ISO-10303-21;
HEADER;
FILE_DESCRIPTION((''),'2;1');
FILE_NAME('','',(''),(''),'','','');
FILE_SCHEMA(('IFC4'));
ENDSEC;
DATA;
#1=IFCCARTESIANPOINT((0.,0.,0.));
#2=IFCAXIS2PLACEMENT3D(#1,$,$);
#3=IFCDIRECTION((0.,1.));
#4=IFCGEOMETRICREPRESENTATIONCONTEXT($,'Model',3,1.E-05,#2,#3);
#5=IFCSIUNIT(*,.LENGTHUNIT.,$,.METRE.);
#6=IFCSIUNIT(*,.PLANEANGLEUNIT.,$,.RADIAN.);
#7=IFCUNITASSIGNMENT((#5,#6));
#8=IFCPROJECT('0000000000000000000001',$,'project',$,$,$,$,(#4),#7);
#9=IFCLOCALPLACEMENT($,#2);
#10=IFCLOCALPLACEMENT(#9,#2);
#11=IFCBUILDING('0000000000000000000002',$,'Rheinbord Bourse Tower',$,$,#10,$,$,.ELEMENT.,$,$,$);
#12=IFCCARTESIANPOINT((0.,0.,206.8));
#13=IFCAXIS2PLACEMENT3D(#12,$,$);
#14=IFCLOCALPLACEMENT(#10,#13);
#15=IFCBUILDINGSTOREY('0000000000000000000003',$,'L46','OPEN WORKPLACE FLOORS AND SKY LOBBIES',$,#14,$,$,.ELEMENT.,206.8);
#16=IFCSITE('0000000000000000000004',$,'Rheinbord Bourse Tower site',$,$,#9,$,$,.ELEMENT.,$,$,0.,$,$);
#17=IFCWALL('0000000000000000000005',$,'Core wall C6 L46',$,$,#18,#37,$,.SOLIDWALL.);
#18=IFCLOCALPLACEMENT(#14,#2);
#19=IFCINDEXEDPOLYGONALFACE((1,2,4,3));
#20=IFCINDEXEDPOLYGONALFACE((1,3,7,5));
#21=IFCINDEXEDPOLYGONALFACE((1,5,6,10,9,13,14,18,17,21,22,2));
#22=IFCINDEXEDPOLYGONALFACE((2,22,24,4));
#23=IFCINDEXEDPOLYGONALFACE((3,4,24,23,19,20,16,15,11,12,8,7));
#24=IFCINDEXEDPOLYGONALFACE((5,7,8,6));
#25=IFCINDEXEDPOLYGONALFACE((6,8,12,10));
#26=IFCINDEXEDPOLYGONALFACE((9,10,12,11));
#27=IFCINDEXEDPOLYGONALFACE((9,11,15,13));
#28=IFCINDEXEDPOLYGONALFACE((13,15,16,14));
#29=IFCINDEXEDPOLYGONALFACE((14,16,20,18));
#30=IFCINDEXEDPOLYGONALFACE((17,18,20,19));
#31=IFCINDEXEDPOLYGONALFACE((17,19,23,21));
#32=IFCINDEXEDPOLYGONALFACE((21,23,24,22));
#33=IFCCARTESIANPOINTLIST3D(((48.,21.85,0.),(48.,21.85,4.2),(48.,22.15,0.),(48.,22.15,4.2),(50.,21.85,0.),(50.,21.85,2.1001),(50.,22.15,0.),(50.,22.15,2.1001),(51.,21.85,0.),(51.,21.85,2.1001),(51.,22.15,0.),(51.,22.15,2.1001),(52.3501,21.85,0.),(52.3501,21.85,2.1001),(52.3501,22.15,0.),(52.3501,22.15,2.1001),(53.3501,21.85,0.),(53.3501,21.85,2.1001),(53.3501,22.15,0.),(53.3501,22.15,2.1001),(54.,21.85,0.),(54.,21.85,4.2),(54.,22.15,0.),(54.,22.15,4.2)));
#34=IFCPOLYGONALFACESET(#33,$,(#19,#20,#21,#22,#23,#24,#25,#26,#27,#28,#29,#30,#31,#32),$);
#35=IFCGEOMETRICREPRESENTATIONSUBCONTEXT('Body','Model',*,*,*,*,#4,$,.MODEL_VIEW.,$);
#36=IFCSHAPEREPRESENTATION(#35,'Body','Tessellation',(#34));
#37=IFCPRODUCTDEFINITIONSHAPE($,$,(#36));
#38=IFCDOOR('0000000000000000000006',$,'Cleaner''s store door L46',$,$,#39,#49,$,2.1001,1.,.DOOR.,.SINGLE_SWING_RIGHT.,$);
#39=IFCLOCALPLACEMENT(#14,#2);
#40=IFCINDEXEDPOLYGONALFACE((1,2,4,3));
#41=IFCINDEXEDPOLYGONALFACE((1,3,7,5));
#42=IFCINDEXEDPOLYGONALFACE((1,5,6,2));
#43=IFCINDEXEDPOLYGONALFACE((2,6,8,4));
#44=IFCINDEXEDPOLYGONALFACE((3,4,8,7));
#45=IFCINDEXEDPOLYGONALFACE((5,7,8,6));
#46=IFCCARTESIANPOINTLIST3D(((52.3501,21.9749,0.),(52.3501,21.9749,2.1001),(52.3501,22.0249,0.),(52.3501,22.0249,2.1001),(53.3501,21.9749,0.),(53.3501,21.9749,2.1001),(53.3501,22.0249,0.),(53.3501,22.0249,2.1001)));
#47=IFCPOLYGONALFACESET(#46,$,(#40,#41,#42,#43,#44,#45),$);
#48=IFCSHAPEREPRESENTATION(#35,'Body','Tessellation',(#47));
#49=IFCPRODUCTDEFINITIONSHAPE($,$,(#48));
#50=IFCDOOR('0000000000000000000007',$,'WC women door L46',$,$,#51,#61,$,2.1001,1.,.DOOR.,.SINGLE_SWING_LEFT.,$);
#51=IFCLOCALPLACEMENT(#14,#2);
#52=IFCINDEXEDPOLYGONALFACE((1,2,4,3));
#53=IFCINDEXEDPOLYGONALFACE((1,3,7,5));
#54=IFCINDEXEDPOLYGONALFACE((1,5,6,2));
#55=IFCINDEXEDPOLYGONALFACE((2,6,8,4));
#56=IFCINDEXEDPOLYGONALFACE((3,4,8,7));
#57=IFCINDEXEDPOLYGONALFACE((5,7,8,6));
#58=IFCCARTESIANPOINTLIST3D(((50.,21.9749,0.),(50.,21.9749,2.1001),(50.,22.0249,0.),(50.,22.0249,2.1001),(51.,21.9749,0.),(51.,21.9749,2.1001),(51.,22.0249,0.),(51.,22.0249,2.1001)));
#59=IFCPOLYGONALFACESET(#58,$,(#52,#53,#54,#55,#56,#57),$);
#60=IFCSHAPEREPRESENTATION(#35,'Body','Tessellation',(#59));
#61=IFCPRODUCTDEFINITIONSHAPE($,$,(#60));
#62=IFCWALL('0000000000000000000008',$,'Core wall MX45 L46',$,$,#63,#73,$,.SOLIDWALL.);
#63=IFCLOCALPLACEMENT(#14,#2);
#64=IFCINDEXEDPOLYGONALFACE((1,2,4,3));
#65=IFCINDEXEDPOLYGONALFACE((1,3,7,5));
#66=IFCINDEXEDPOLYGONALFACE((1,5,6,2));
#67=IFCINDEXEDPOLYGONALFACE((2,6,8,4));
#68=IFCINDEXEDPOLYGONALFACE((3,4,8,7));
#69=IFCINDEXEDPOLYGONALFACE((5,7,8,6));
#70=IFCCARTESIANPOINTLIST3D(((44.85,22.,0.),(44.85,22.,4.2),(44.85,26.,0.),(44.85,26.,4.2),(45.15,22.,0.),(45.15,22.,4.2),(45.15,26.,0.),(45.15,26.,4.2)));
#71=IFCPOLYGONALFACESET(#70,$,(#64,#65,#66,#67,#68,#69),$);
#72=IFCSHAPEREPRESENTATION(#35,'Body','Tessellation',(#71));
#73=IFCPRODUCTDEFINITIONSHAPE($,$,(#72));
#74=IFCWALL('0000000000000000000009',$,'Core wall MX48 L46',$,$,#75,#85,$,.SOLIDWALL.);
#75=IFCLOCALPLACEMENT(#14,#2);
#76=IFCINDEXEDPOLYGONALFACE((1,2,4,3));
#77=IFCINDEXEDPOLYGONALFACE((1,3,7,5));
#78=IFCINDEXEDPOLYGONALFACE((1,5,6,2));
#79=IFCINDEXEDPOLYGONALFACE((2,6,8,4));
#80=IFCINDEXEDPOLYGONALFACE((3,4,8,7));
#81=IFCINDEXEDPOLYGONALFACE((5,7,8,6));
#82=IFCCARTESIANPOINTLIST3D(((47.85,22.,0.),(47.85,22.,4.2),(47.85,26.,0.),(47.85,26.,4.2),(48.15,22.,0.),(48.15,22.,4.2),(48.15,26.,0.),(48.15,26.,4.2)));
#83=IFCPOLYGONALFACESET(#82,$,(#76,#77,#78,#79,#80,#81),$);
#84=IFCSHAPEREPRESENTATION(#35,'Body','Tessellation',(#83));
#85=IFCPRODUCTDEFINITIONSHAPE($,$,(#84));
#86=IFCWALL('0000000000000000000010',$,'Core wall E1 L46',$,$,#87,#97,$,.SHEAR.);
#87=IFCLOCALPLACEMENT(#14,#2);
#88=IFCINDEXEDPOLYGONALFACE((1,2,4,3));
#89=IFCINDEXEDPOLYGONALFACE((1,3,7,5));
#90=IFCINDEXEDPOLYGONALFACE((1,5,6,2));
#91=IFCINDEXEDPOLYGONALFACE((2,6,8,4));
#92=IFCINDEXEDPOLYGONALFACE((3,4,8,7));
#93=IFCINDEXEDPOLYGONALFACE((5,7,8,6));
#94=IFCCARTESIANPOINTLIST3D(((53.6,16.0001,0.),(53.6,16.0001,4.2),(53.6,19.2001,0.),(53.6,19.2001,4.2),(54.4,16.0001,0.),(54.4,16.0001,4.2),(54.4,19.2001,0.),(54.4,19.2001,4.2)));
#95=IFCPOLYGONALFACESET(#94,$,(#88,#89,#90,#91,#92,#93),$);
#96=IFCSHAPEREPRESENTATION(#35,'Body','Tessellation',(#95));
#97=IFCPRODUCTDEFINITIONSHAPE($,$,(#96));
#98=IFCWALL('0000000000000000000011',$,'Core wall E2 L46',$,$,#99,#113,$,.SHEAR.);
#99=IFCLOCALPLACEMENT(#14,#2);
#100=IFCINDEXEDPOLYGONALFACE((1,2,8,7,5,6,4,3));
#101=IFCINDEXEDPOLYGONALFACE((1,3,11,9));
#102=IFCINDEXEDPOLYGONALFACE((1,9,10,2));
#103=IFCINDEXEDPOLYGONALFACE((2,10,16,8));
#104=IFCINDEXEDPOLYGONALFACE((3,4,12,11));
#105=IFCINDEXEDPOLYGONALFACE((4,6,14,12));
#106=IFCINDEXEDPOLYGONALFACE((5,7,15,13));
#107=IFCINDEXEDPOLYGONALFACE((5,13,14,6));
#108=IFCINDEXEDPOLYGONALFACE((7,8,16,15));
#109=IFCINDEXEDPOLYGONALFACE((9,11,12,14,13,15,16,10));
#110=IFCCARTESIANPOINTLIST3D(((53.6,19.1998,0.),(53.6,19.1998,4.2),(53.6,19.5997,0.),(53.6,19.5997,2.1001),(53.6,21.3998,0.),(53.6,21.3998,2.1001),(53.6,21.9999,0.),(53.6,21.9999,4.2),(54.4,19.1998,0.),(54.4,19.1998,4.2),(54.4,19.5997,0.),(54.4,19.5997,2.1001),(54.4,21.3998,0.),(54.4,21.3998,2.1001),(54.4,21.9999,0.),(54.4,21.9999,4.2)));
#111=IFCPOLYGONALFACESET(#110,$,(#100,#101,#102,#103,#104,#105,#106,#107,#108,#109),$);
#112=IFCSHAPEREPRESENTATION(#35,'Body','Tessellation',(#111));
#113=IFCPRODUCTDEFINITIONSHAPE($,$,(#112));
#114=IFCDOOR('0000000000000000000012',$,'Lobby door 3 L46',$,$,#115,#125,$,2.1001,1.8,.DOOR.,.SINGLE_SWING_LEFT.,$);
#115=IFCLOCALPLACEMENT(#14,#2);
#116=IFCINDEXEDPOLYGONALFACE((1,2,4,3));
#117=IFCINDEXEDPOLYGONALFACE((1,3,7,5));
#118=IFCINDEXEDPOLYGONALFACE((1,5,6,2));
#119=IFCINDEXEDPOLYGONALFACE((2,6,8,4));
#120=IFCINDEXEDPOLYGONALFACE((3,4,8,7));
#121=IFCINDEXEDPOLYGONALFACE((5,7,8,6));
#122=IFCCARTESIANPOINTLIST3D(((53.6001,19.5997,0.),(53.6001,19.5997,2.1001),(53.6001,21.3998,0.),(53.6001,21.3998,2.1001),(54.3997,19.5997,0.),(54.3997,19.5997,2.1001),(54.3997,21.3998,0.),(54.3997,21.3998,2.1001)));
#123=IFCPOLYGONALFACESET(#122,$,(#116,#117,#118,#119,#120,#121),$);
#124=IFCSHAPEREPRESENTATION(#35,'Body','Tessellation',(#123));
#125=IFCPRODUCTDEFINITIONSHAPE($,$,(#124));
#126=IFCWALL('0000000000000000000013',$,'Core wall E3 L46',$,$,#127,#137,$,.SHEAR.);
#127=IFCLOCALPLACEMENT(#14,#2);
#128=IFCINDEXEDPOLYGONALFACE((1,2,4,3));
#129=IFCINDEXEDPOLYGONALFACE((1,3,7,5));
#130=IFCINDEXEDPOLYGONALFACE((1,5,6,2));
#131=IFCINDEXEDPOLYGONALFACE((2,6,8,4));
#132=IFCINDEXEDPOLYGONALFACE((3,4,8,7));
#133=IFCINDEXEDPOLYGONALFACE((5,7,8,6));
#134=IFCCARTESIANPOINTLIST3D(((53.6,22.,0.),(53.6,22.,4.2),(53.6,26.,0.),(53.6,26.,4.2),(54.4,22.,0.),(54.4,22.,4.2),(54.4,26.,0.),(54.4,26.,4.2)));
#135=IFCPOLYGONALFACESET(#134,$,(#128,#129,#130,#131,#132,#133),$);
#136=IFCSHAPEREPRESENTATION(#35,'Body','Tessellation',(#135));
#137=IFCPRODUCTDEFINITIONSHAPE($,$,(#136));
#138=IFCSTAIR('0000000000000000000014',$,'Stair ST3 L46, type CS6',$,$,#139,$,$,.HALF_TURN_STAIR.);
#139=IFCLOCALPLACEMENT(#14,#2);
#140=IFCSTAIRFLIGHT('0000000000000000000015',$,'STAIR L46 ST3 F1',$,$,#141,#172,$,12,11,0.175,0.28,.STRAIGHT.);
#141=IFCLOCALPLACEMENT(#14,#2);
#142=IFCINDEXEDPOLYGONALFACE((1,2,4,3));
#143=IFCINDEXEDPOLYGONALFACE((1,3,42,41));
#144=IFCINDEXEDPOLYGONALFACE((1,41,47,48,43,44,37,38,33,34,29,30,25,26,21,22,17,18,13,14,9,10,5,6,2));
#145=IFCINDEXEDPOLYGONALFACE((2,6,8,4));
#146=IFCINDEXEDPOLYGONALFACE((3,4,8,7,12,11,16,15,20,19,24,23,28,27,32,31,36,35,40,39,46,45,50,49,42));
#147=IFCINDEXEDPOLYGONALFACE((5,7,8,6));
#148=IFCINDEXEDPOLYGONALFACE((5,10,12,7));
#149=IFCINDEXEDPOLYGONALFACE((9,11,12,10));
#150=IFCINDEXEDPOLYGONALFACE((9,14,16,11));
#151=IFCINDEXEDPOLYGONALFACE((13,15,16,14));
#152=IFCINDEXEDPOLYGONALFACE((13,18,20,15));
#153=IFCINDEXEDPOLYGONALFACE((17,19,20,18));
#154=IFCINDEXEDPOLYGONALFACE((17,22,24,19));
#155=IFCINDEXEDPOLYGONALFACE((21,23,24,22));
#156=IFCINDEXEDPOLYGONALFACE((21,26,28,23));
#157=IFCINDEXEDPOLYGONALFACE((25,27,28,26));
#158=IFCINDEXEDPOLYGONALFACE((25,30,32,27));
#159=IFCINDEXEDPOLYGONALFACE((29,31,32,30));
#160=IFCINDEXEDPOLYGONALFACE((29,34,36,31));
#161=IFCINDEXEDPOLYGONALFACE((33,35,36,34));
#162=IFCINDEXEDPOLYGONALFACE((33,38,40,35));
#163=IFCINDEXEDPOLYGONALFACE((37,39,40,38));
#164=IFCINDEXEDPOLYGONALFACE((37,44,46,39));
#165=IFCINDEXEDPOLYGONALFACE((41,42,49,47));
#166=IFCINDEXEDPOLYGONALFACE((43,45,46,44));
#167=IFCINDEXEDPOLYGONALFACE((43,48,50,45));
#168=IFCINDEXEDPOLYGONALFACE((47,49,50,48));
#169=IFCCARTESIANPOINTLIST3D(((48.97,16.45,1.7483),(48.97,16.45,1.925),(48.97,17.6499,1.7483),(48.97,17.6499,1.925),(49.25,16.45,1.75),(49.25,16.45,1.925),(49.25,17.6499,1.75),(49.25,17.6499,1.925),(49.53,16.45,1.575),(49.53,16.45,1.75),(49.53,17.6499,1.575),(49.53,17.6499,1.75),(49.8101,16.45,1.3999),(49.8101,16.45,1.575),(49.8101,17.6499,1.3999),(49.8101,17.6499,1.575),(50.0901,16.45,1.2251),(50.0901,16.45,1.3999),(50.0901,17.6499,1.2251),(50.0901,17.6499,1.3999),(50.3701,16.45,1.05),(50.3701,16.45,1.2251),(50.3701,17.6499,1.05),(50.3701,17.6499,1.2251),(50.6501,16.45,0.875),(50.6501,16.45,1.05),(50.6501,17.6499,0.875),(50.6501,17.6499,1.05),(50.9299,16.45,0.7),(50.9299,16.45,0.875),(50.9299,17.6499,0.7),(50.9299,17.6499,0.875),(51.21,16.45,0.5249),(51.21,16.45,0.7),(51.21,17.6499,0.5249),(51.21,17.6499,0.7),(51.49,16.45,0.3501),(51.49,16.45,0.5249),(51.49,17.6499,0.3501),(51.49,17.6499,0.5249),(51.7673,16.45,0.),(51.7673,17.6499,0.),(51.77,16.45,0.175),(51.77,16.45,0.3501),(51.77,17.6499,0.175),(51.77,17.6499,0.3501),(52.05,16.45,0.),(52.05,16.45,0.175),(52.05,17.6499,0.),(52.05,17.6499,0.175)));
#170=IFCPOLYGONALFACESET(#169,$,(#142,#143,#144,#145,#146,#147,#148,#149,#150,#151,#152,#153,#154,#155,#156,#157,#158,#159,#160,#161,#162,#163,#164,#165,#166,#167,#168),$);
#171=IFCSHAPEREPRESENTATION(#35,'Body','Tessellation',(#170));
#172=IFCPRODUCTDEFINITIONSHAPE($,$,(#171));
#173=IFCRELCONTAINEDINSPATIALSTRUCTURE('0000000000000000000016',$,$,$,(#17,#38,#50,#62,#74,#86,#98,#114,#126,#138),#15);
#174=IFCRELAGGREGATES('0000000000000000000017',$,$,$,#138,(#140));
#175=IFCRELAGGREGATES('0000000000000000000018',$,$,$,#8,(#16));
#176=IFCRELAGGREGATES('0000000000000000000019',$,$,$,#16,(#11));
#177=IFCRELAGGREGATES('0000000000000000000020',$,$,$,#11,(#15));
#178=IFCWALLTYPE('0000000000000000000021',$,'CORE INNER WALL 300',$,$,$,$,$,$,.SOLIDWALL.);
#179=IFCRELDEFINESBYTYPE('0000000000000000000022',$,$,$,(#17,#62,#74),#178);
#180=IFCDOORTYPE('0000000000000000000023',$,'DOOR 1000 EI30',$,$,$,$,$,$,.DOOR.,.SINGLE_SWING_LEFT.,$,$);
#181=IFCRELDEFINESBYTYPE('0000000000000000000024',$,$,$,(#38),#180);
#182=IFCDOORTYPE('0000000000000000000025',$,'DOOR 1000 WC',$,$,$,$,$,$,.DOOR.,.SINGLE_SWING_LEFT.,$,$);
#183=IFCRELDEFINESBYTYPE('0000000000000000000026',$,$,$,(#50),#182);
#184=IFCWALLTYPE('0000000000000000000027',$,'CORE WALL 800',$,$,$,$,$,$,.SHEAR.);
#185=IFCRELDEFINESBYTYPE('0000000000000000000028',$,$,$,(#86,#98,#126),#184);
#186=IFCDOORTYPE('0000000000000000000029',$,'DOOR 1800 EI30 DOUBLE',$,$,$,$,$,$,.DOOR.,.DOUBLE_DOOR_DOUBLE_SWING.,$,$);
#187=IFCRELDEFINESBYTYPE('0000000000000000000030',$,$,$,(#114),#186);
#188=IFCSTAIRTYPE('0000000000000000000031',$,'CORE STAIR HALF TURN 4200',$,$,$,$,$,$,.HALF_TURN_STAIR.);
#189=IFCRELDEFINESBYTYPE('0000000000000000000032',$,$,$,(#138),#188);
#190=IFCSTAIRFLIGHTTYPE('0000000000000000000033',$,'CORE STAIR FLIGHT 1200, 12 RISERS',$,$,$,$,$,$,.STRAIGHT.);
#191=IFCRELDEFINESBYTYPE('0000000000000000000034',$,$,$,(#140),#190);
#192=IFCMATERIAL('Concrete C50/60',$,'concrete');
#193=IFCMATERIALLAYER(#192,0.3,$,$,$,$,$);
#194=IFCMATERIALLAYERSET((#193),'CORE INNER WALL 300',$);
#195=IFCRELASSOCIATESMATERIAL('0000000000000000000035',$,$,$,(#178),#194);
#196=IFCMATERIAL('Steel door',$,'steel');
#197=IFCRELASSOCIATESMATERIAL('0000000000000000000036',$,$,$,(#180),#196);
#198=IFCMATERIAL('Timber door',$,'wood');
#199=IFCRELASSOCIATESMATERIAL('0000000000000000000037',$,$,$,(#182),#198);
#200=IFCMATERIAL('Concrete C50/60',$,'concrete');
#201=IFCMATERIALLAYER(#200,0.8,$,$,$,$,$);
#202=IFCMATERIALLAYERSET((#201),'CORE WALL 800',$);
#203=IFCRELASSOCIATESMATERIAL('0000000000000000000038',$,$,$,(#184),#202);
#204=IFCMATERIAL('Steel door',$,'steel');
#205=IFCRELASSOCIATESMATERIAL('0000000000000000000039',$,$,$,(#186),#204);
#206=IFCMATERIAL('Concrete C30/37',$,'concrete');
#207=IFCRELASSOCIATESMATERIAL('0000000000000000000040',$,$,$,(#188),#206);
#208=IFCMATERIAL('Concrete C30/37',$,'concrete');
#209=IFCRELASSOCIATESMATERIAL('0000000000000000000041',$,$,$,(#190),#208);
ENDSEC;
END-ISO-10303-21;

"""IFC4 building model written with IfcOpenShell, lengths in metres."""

from ifc_helpers import new_model, si_unit, direction, frame, frame_2d, origin, place, context, subcontext, project, spatial, polyline, rectangle, outline, extrude, material, layer, layer_set, type_object, element, fill, aggregate, save


model = new_model("IFC4")

# Units and contexts
model_context = context("Model", 3, precision=1e-05, world=origin(), true_north=direction((0.0, 1.0)))
body_context = subcontext(model_context, "Body", "Model", "MODEL_VIEW")
ifc_project = project(units=[si_unit("LENGTHUNIT", "METRE"), si_unit("PLANEANGLEUNIT", "RADIAN")], contexts=[model_context])

# Site, building, storey
site_placement = place(None, origin())
site = spatial("IfcSite", under=ifc_project, at=site_placement, Name="Rheinbord Bourse Tower site", CompositionType="ELEMENT", RefElevation=0.0)
building_placement = place(site_placement, origin())
building = spatial("IfcBuilding", under=site, at=building_placement, Name="Rheinbord Bourse Tower", CompositionType="ELEMENT")
storey_placement = place(building_placement, frame((0.0, 0.0, 206.8)))
storey = spatial("IfcBuildingStorey", under=building, at=storey_placement, Name="L46", Description="OPEN WORKPLACE FLOORS AND SKY LOBBIES", CompositionType="ELEMENT", Elevation=206.8)

# Shared definitions
ifc_material_1 = material(Name="Concrete C50/60", Category="concrete")
ifc_layer_1 = layer(ifc_material_1, 0.3)
ifc_layer_set_1 = layer_set([ifc_layer_1], Name="CORE INNER WALL 300")
wall_type_1 = type_object("IfcWallType", Name="CORE INNER WALL 300", PredefinedType="SOLIDWALL", material=ifc_layer_set_1)
ifc_material_2 = material(Name="Steel door", Category="steel")
door_type_1 = type_object("IfcDoorType", Name="DOOR 1000 EI30", OperationType="SINGLE_SWING_LEFT", PredefinedType="DOOR", material=ifc_material_2)
ifc_material_3 = material(Name="Timber door", Category="wood")
door_type_2 = type_object("IfcDoorType", Name="DOOR 1000 WC", OperationType="SINGLE_SWING_LEFT", PredefinedType="DOOR", material=ifc_material_3)

# Wall, openings, doors
wall_1_placement = place(storey_placement, frame((48.0, 22.0, 0.0), z_axis=(0.0, 0.0, 1.0), x_axis=(1.0, 0.0, 0.0)))
wall_1 = element("IfcWall", 1, at=wall_1_placement, inside=storey, type_object=wall_type_1, Name="Core wall C6 L46", PredefinedType="SOLIDWALL", context=body_context, shape_type="SweptSolid", body=[
    extrude(rectangle(XDim=6.0, YDim=0.3, at=frame_2d((3.0, 0.0))), origin(), (0.0, 0.0, 1.0), 4.2),
])
opening_1_placement = place(wall_1_placement, frame((2.0, 0.0, 0.0)))
opening_1 = element("IfcOpeningElement", 2, at=opening_1_placement, cuts=wall_1, PredefinedType="OPENING", context=body_context, shape_type="SweptSolid", body=[
    extrude(rectangle(XDim=1.0, YDim=2.1001, at=frame_2d((0.5, 1.05))), frame((0.0, 0.1599, 0.0), z_axis=(0.0, -1.0, 0.0), x_axis=(1.0, 0.0, 0.0)), (0.0, 0.0, 1.0), 0.3201),
])
opening_2_placement = place(wall_1_placement, frame((4.3501, 0.0, 0.0)))
opening_2 = element("IfcOpeningElement", 3, at=opening_2_placement, cuts=wall_1, PredefinedType="OPENING", context=body_context, shape_type="SweptSolid", body=[
    extrude(rectangle(XDim=1.0, YDim=2.1001, at=frame_2d((0.5, 1.05))), frame((0.0, 0.1599, 0.0), z_axis=(0.0, -1.0, 0.0), x_axis=(1.0, 0.0, 0.0)), (0.0, 0.0, 1.0), 0.3201),
])
door_1_placement = place(opening_2_placement, origin())
door_1 = element("IfcDoor", 4, at=door_1_placement, inside=storey, type_object=door_type_1, Name="Cleaner's store door L46", OperationType="SINGLE_SWING_RIGHT", OverallHeight=2.1001, OverallWidth=1.0, PredefinedType="DOOR", context=body_context, shape_type="SweptSolid", body=[
    extrude(rectangle(XDim=1.0, YDim=2.1001, at=frame_2d((0.5, 1.05))), frame((0.0, 0.0249, 0.0), z_axis=(0.0, -1.0, 0.0), x_axis=(1.0, 0.0, 0.0)), (0.0, 0.0, 1.0), 0.05),
])
fill(opening_2, door_1)
door_2_placement = place(opening_1_placement, origin())
door_2 = element("IfcDoor", 5, at=door_2_placement, inside=storey, type_object=door_type_2, Name="WC women door L46", OperationType="SINGLE_SWING_LEFT", OverallHeight=2.1001, OverallWidth=1.0, PredefinedType="DOOR", context=body_context, shape_type="SweptSolid", body=[
    extrude(rectangle(XDim=1.0, YDim=2.1001, at=frame_2d((0.5, 1.05))), frame((0.0, 0.0249, 0.0), z_axis=(0.0, -1.0, 0.0), x_axis=(1.0, 0.0, 0.0)), (0.0, 0.0, 1.0), 0.05),
])
fill(opening_1, door_2)

# Walls
for number, where, z_axis, x_axis, name in (
    (6, (45.0, 22.0, 0.0), (0.0, 0.0, 1.0), (0.0, 1.0, 0.0), "Core wall MX45 L46"),
    (7, (48.0, 22.0, 0.0), (0.0, 0.0, 1.0), (0.0, 1.0, 0.0), "Core wall MX48 L46"),
):
    element("IfcWall", number, at=place(storey_placement, frame(where, z_axis=z_axis, x_axis=x_axis)), inside=storey, type_object=wall_type_1, Name=name, PredefinedType="SOLIDWALL", context=body_context, shape_type="SweptSolid", body=[
        extrude(rectangle(XDim=4.0, YDim=0.3, at=frame_2d((2.0, 0.0))), origin(), (0.0, 0.0, 1.0), 4.2),
    ])
ifc_material_4 = material(Name="Concrete C50/60", Category="concrete")
ifc_layer_2 = layer(ifc_material_4, 0.8)
ifc_layer_set_2 = layer_set([ifc_layer_2], Name="CORE WALL 800")
wall_type_2 = type_object("IfcWallType", Name="CORE WALL 800", PredefinedType="SHEAR", material=ifc_layer_set_2)
wall_2_placement = place(storey_placement, frame((54.0, 16.0, 0.0), z_axis=(0.0, 0.0, 1.0), x_axis=(0.0, 1.0, 0.0)))
element("IfcWall", 8, at=wall_2_placement, inside=storey, type_object=wall_type_2, Name="Core wall E1 L46", PredefinedType="SHEAR", context=body_context, shape_type="SweptSolid", body=[
    extrude(rectangle(XDim=3.2, YDim=0.8, at=frame_2d((1.6001, 0.0))), origin(), (0.0, 0.0, 1.0), 4.2),
])

# Wall, opening, door
wall_3_placement = place(storey_placement, frame((54.0, 19.2, 0.0), z_axis=(0.0, 0.0, 1.0), x_axis=(0.0, 1.0, 0.0)))
wall_3 = element("IfcWall", 9, at=wall_3_placement, inside=storey, type_object=wall_type_2, Name="Core wall E2 L46", PredefinedType="SHEAR", context=body_context, shape_type="SweptSolid", body=[
    extrude(rectangle(XDim=2.8, YDim=0.8, at=frame_2d((1.3999, 0.0))), origin(), (0.0, 0.0, 1.0), 4.2),
])
opening_3_placement = place(wall_3_placement, frame((0.3999, 0.0, 0.0)))
opening_3 = element("IfcOpeningElement", 10, at=opening_3_placement, cuts=wall_3, PredefinedType="OPENING", context=body_context, shape_type="SweptSolid", body=[
    extrude(rectangle(XDim=1.8, YDim=2.1001, at=frame_2d((0.8999, 1.05))), frame((0.0, 0.4099, 0.0), z_axis=(0.0, -1.0, 0.0), x_axis=(1.0, 0.0, 0.0)), (0.0, 0.0, 1.0), 0.8201),
])
ifc_material_5 = material(Name="Steel door", Category="steel")
door_type_3 = type_object("IfcDoorType", Name="DOOR 1800 EI30 DOUBLE", OperationType="DOUBLE_DOOR_DOUBLE_SWING", PredefinedType="DOOR", material=ifc_material_5)
door_3_placement = place(opening_3_placement, origin())
door_3 = element("IfcDoor", 11, at=door_3_placement, inside=storey, type_object=door_type_3, Name="Lobby door 3 L46", OperationType="SINGLE_SWING_LEFT", OverallHeight=2.1001, OverallWidth=1.8, PredefinedType="DOOR", context=body_context, shape_type="SweptSolid", body=[
    extrude(rectangle(XDim=1.8, YDim=2.1001, at=frame_2d((0.8999, 1.05))), frame((0.0, 0.3999, 0.0), z_axis=(0.0, -1.0, 0.0), x_axis=(1.0, 0.0, 0.0)), (0.0, 0.0, 1.0), 0.7996),
])
fill(opening_3, door_3)

# Wall
wall_4_placement = place(storey_placement, frame((54.0, 22.0, 0.0), z_axis=(0.0, 0.0, 1.0), x_axis=(0.0, 1.0, 0.0)))
element("IfcWall", 12, at=wall_4_placement, inside=storey, type_object=wall_type_2, Name="Core wall E3 L46", PredefinedType="SHEAR", context=body_context, shape_type="SweptSolid", body=[
    extrude(rectangle(XDim=4.0, YDim=0.8, at=frame_2d((2.0, 0.0))), origin(), (0.0, 0.0, 1.0), 4.2),
])

# Stair, stair flight
ifc_material_6 = material(Name="Concrete C30/37", Category="concrete")
stair_type = type_object("IfcStairType", Name="CORE STAIR HALF TURN 4200", PredefinedType="HALF_TURN_STAIR", material=ifc_material_6)
stair_placement = place(storey_placement, origin())
stair = element("IfcStair", 13, at=stair_placement, inside=storey, type_object=stair_type, Name="Stair ST3 L46, type CS6", PredefinedType="HALF_TURN_STAIR")
ifc_material_7 = material(Name="Concrete C30/37", Category="concrete")
stair_flight_type = type_object("IfcStairFlightType", Name="CORE STAIR FLIGHT 1200, 12 RISERS", PredefinedType="STRAIGHT", material=ifc_material_7)
stair_flight_1_placement = place(storey_placement, frame((52.05, 17.05, 0.0), z_axis=(0.0, 0.0, 1.0), x_axis=(-1.0, 0.0, 0.0)))
stair_flight_1 = element("IfcStairFlight", 14, at=stair_flight_1_placement, type_object=stair_flight_type, Name="STAIR L46 ST3 F1", NumberOfRisers=12, NumberOfTreads=11, PredefinedType="STRAIGHT", RiserHeight=0.175, TreadLength=0.28, context=body_context, shape_type="SweptSolid", body=[
    extrude(outline(polyline([(0.0, 0.0), (0.0, 0.175), (0.28, 0.175), (0.28, 0.3501), (0.5601, 0.3501), (0.5601, 0.5249), (0.8401, 0.5249), (0.8401, 0.7), (1.1201, 0.7), (1.1201, 0.875), (1.3999, 0.875), (1.3999, 1.05), (1.6799, 1.05), (1.6799, 1.2251), (1.96, 1.2251), (1.96, 1.3999), (2.24, 1.3999), (2.24, 1.575), (2.52, 1.575), (2.52, 1.75), (2.8, 1.75), (2.8, 1.925), (3.0801, 1.925), (3.0801, 2.1001), (3.0801, 1.7483), (0.2827, 0.0), (0.0, 0.0)])), frame((0.0, 0.6001, 0.0), z_axis=(0.0, -1.0, 0.0), x_axis=(1.0, 0.0, 0.0)), (0.0, 0.0, 1.0), 1.2),
])
aggregate(stair, [stair_flight_1])

save(model, "model.ifc")
